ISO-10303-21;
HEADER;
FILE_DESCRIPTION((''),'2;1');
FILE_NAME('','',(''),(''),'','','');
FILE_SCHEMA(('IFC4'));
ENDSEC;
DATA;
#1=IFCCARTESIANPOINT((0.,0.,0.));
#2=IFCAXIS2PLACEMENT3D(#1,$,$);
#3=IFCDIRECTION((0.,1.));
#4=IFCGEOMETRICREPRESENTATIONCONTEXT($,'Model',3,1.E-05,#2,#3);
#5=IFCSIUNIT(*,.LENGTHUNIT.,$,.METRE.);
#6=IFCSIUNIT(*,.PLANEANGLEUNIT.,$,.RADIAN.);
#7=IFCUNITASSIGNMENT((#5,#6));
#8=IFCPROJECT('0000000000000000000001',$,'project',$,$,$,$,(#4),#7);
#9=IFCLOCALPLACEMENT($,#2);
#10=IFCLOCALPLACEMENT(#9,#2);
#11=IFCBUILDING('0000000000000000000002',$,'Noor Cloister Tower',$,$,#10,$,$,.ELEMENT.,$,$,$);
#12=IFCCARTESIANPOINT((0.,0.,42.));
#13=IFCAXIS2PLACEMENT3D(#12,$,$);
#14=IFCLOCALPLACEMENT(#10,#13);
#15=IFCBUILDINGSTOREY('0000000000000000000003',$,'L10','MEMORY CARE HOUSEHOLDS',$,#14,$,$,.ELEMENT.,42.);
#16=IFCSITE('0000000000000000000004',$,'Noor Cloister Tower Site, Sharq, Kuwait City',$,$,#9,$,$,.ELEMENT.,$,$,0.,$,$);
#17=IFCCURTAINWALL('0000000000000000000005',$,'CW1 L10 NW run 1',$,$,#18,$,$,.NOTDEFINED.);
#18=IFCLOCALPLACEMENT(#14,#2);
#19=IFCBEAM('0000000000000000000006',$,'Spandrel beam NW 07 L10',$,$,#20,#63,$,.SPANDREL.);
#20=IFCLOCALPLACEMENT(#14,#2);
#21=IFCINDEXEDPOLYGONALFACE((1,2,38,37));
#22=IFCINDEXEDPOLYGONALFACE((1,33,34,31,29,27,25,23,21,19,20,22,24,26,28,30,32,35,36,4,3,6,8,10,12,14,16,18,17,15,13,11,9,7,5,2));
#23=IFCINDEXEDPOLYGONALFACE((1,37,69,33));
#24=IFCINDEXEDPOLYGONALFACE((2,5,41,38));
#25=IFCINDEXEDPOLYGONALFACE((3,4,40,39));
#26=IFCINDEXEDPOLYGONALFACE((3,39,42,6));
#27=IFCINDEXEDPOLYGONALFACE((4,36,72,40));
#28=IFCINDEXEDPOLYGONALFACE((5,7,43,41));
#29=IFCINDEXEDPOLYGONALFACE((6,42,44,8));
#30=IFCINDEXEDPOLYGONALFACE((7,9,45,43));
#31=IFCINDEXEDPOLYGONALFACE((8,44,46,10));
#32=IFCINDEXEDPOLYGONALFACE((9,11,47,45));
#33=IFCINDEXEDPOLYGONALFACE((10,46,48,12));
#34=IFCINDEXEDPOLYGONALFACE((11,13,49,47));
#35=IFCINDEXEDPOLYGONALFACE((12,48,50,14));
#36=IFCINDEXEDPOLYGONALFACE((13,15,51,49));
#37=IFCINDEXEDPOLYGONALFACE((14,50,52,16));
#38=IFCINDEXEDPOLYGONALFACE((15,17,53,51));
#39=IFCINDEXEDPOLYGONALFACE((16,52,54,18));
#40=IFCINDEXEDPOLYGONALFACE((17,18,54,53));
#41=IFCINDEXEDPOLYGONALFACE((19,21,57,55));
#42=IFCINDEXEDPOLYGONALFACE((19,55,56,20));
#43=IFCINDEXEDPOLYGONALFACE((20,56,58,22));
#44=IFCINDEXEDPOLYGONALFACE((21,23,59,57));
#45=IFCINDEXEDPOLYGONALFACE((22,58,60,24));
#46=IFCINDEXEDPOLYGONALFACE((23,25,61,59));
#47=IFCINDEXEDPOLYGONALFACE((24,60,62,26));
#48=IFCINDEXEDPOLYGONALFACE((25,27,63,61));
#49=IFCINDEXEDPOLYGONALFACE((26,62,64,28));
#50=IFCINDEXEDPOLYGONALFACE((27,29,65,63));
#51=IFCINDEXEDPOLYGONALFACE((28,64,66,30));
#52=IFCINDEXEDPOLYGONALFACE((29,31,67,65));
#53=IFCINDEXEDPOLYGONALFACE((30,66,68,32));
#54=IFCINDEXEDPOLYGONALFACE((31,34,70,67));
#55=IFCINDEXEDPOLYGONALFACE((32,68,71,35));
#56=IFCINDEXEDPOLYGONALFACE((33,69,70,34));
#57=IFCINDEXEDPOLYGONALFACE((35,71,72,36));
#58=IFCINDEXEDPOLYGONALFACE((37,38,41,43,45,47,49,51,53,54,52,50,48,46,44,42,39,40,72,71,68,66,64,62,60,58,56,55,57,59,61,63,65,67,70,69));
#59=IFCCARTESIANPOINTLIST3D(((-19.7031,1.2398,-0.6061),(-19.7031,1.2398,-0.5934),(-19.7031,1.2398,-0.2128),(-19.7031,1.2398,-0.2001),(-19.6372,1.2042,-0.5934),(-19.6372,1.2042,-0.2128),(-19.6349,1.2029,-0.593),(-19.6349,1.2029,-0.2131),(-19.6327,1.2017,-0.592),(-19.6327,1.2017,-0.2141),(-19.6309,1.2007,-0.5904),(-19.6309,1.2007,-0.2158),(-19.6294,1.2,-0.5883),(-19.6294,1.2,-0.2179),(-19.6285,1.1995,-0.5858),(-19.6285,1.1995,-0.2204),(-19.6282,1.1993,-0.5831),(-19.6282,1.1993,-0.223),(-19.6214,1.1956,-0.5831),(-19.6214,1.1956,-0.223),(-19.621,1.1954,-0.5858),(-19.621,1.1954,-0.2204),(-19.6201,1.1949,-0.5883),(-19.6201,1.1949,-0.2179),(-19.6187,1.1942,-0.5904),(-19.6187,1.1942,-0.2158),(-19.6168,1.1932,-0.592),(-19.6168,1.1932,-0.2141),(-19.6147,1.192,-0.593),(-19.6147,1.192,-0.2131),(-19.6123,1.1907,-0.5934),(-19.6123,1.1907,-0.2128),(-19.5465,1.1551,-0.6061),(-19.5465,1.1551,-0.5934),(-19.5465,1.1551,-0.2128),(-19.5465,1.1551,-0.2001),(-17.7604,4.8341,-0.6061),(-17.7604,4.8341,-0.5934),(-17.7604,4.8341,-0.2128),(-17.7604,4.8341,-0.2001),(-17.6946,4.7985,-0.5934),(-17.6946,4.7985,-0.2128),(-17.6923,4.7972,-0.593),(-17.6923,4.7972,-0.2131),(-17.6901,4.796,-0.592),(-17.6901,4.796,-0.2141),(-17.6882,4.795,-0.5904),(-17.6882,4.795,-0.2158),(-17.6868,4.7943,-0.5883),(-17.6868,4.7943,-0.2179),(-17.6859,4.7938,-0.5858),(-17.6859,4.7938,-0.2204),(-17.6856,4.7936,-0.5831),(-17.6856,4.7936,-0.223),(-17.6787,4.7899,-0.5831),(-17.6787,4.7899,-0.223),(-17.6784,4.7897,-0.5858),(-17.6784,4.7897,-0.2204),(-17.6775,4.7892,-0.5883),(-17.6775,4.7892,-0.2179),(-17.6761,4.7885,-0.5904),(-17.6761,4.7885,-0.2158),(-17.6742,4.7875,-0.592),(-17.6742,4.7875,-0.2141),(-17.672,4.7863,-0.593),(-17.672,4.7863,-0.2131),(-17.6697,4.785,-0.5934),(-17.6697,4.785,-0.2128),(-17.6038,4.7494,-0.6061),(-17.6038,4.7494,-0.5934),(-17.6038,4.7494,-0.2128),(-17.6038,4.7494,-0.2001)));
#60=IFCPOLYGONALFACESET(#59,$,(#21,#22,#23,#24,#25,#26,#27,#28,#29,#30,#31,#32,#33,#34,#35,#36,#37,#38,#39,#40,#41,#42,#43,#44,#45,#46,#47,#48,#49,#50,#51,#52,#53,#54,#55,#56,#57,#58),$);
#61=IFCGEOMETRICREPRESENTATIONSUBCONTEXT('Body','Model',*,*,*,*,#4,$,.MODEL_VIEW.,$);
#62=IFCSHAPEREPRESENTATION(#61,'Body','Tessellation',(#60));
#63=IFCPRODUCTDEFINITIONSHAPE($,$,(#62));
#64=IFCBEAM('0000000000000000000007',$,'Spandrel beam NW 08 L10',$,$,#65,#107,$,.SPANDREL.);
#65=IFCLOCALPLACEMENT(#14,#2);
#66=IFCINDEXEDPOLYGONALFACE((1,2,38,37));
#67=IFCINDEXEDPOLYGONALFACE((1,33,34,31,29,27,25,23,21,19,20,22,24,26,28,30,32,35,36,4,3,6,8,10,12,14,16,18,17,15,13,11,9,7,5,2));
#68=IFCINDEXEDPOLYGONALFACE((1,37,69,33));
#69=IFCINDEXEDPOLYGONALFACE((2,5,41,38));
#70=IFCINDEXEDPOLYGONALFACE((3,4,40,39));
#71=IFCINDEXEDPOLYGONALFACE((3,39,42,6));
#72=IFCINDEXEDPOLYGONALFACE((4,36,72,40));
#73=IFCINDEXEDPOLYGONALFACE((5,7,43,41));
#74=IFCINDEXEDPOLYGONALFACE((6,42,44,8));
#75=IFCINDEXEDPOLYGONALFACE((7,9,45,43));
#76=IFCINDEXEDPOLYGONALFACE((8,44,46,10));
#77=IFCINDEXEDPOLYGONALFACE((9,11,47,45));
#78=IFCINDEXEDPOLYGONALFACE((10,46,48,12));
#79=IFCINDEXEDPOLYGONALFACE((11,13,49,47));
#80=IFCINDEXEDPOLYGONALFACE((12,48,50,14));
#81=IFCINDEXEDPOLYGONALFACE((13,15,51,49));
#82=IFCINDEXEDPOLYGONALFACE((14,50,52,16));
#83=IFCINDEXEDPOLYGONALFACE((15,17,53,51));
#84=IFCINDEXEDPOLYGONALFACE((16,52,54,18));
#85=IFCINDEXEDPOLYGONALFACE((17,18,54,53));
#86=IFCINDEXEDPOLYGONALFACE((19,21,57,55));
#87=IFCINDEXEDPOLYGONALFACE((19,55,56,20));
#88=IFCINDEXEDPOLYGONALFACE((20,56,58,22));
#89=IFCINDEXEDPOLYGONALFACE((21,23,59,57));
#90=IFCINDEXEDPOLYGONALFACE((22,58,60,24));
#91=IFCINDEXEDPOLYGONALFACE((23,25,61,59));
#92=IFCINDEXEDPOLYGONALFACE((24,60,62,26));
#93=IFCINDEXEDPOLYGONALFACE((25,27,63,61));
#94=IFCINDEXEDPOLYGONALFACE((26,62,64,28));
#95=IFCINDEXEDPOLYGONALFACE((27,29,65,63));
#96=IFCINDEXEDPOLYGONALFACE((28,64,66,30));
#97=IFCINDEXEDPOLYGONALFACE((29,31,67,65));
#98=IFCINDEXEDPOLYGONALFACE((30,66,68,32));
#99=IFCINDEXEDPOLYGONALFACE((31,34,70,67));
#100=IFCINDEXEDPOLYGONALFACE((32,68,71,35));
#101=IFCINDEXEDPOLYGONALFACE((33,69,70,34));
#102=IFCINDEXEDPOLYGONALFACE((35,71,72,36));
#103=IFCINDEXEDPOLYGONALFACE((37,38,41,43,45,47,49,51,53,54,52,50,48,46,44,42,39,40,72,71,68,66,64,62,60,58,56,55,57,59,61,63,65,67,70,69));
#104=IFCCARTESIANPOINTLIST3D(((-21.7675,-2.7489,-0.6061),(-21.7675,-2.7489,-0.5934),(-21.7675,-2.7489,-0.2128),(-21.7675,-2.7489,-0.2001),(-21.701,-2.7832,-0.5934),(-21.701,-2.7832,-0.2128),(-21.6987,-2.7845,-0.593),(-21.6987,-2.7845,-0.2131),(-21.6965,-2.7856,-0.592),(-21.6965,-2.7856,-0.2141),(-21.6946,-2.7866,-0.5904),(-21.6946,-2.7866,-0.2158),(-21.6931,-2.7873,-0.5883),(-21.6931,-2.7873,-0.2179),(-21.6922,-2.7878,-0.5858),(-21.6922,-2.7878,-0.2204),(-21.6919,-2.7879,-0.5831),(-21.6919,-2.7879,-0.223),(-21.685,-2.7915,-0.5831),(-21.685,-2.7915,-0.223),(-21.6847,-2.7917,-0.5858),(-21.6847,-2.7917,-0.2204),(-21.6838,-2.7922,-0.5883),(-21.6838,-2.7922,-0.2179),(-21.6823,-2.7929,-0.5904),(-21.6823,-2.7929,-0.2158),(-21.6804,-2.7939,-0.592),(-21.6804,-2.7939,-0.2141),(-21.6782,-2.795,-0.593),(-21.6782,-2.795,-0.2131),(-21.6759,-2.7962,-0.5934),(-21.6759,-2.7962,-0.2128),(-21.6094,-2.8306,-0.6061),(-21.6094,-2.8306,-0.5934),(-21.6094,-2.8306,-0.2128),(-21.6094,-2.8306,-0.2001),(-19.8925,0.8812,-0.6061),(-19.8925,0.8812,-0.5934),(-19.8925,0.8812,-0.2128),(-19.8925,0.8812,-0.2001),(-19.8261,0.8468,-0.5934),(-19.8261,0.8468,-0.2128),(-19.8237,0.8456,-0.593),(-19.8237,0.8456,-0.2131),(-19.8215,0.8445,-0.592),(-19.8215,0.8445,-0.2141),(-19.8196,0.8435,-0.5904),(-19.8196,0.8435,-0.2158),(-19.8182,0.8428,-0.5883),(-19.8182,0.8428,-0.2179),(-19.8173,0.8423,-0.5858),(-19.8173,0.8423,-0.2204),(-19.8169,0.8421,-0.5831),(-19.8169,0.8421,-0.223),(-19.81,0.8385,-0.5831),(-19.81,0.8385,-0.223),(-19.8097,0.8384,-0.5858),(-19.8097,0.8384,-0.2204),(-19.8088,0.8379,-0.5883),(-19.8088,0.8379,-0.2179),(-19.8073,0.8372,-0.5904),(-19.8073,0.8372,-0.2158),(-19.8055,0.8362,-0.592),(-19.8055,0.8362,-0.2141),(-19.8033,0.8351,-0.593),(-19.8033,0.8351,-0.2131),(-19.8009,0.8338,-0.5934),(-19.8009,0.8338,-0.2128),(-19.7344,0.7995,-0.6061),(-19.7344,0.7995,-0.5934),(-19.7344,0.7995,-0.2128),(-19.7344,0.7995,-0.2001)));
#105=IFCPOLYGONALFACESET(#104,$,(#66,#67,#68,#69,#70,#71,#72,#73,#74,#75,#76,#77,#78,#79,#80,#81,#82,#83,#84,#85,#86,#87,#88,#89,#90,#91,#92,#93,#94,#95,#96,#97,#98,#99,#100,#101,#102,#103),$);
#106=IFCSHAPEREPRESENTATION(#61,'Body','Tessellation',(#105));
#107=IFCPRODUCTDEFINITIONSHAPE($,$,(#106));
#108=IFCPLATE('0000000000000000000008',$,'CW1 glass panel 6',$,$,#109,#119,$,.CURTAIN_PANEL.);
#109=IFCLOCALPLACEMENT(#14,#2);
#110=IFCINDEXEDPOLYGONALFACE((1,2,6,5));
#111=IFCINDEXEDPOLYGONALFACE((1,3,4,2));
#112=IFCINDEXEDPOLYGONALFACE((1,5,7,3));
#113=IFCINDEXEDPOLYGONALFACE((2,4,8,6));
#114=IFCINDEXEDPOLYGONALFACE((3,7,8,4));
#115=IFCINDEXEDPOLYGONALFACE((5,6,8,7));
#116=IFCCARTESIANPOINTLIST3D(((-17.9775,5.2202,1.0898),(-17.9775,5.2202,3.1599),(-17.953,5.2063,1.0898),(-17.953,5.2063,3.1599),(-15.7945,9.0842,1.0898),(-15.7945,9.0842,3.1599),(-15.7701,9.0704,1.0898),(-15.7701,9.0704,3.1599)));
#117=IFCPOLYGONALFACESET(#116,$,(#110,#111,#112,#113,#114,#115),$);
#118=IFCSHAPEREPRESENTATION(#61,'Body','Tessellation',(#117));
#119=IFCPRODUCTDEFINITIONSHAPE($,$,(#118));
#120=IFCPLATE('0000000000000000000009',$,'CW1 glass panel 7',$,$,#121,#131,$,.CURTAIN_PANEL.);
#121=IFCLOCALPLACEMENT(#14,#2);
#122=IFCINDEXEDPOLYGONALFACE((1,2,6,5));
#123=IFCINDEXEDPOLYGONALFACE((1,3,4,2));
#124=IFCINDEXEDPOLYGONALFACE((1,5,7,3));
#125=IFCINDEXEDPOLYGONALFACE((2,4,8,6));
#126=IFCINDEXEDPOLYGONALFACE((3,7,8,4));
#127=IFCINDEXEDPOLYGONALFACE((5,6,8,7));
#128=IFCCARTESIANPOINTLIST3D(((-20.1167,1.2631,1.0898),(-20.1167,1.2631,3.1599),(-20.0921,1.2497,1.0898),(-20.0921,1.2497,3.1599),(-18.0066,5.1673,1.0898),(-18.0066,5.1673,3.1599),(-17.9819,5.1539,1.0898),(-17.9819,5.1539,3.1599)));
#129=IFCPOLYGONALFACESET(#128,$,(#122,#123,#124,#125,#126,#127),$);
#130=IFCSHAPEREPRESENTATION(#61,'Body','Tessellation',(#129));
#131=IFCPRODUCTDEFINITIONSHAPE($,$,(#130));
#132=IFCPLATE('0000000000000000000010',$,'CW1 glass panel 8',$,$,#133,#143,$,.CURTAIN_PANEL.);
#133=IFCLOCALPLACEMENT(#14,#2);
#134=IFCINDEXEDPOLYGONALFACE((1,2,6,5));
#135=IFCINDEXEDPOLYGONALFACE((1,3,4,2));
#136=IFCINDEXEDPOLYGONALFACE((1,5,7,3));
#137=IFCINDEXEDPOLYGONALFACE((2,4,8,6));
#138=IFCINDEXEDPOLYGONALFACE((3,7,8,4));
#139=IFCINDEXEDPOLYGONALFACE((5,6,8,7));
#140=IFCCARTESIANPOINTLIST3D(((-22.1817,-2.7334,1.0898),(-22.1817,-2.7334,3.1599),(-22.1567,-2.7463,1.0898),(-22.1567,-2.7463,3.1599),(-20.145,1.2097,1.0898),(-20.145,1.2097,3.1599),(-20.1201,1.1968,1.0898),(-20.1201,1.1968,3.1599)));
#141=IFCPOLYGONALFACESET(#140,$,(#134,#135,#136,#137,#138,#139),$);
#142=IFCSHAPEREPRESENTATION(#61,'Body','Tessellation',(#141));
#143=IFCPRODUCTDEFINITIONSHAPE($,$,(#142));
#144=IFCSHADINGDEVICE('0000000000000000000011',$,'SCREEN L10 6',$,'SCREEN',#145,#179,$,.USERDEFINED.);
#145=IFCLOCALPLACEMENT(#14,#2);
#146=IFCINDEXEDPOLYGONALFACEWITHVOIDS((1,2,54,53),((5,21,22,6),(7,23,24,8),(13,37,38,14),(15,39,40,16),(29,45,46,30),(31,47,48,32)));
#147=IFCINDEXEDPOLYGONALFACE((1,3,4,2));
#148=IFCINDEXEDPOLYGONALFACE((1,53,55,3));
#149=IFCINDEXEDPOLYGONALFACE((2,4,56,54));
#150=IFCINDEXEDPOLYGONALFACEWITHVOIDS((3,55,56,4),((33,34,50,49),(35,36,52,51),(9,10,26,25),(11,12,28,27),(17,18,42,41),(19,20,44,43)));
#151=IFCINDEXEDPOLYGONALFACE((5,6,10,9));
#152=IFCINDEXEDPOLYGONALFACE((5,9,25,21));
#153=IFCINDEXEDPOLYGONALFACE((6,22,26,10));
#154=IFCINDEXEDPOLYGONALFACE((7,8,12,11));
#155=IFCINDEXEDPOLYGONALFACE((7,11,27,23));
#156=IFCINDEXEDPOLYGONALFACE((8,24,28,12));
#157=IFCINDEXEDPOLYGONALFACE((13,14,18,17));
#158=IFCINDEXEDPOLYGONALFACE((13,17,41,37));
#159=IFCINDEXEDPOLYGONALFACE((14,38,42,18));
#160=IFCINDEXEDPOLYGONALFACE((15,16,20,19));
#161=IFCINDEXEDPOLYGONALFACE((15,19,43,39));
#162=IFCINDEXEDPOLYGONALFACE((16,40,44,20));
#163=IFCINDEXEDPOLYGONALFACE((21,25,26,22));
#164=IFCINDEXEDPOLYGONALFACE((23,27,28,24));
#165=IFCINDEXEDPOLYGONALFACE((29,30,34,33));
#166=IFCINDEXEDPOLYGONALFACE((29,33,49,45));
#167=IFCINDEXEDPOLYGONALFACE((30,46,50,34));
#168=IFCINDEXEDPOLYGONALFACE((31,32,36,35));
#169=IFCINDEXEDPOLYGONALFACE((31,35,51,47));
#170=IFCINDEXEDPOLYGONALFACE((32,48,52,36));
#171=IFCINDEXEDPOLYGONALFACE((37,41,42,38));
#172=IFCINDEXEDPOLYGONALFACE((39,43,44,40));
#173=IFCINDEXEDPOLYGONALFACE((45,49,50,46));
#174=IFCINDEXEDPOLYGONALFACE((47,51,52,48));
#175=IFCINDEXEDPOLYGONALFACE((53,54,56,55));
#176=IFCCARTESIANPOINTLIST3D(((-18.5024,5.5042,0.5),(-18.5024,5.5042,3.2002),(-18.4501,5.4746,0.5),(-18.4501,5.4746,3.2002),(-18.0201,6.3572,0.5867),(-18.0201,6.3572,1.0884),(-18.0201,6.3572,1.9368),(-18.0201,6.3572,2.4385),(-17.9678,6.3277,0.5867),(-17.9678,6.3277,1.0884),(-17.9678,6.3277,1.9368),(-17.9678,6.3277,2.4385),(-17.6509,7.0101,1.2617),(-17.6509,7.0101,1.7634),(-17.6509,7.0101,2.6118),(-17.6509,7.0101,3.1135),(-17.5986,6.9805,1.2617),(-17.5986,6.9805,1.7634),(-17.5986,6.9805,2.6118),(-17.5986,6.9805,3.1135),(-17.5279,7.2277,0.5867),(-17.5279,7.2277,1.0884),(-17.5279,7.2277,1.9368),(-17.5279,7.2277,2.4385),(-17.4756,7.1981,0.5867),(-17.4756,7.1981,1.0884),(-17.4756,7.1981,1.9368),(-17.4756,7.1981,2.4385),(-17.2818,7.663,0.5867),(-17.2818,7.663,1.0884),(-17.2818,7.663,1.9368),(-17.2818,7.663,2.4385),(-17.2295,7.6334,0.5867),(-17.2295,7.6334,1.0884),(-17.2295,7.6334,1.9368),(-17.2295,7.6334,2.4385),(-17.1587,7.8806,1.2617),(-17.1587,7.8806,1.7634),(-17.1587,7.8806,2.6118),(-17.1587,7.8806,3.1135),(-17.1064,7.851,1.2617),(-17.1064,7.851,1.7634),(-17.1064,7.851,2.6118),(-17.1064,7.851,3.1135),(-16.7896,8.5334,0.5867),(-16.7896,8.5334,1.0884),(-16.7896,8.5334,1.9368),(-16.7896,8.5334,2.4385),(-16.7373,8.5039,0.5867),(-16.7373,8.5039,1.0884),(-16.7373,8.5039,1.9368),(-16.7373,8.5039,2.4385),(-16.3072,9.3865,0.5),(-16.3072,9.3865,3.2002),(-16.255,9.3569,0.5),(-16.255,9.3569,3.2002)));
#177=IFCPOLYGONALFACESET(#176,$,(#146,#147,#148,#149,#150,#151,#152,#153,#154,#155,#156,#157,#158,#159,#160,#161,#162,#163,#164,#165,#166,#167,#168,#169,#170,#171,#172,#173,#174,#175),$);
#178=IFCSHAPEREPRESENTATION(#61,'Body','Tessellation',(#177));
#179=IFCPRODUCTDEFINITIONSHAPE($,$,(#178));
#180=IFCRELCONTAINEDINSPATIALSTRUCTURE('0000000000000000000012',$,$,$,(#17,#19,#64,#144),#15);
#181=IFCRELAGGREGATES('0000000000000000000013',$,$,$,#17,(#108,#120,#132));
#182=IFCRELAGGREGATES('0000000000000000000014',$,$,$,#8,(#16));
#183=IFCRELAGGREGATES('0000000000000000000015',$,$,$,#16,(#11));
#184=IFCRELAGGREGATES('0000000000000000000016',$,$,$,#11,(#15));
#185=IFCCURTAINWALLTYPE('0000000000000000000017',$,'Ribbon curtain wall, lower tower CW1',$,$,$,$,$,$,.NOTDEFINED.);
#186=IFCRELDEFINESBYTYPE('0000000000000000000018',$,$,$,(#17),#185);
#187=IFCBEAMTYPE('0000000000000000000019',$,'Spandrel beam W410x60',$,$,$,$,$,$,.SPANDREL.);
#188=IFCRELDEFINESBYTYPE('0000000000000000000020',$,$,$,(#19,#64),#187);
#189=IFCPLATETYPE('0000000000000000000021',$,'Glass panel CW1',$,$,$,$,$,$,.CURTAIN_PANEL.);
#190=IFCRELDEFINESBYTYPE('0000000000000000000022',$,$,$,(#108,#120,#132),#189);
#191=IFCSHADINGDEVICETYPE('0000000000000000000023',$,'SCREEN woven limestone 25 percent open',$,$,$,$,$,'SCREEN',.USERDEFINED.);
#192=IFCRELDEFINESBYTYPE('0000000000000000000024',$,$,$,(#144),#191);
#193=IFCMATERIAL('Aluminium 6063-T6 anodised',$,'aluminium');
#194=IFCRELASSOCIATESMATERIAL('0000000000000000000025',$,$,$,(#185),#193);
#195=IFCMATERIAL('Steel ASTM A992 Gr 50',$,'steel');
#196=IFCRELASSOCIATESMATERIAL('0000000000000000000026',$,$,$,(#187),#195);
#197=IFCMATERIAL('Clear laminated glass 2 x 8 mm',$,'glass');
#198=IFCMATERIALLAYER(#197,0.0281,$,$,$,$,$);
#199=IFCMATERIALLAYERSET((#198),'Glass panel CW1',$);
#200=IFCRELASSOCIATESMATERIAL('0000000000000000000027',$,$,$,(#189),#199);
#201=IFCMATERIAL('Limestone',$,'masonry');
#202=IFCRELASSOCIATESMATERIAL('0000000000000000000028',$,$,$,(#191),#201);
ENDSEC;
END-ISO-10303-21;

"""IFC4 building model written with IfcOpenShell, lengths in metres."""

from ifc_helpers import new_model, si_unit, direction, frame, origin, origin_2d, place, context, subcontext, project, spatial, polyline, rectangle, i_section, outline, extrude, material, layer, layer_set, material_profile, profile_set, type_object, element, aggregate, save


model = new_model("IFC4")

# Units and contexts
model_context = context("Model", 3, precision=1e-05, world=origin(), true_north=direction((0.0, 1.0)))
body_context = subcontext(model_context, "Body", "Model", "MODEL_VIEW")
ifc_project = project(units=[si_unit("LENGTHUNIT", "METRE"), si_unit("PLANEANGLEUNIT", "RADIAN")], contexts=[model_context])

# Site, building, storey
site_placement = place(None, origin())
site = spatial("IfcSite", under=ifc_project, at=site_placement, Name="Noor Cloister Tower Site, Sharq, Kuwait City", CompositionType="ELEMENT", RefElevation=0.0)
building_placement = place(site_placement, origin())
building = spatial("IfcBuilding", under=site, at=building_placement, Name="Noor Cloister Tower", CompositionType="ELEMENT")
storey_placement = place(building_placement, frame((0.0, 0.0, 42.0)))
storey = spatial("IfcBuildingStorey", under=building, at=storey_placement, Name="L10", Description="MEMORY CARE HOUSEHOLDS", CompositionType="ELEMENT", Elevation=42.0)

# Curtain wall
ifc_material_1 = material(Name="Aluminium 6063-T6 anodised", Category="aluminium")
curtain_wall_type = type_object("IfcCurtainWallType", Name="Ribbon curtain wall, lower tower CW1", PredefinedType="NOTDEFINED", material=ifc_material_1)
curtain_wall_placement = place(storey_placement, origin())
curtain_wall = element("IfcCurtainWall", 1, at=curtain_wall_placement, inside=storey, type_object=curtain_wall_type, Name="CW1 L10 NW run 1", PredefinedType="NOTDEFINED")

# Beams
ifc_material_2 = material(Name="Steel ASTM A992 Gr 50", Category="steel")
ifc_material_profile_1 = material_profile(ifc_material_2, i_section(OverallWidth=0.178, OverallDepth=0.406, WebThickness=0.0078, FlangeThickness=0.0127, FilletRadius=0.0103, at=origin_2d()), Name="W410x60")
ifc_profile_set_1 = profile_set([ifc_material_profile_1], Name="Steel ASTM A992 Gr 50")
beam_type_1 = type_object("IfcBeamType", Name="Spandrel beam W410x60", PredefinedType="SPANDREL", material=ifc_profile_set_1)
for number, where, z_axis, x_axis, name in (
    (2, (-17.6821, 4.7917, -0.4031), (-0.475478, -0.879727, 0.0), (0.879727, -0.475478, 0.0), "Spandrel beam NW 07 L10"),
    (3, (-19.8135, 0.8403, -0.4031), (-0.458911, -0.888482, 0.0), (0.888482, -0.458911, 0.0), "Spandrel beam NW 08 L10"),
):
    element("IfcBeam", number, at=place(storey_placement, frame(where, z_axis=z_axis, x_axis=x_axis)), inside=storey, type_object=beam_type_1, Name=name, PredefinedType="SPANDREL", context=body_context, shape_type="SweptSolid", body=[
        extrude(i_section(OverallWidth=0.178, OverallDepth=0.406, WebThickness=0.0078, FlangeThickness=0.0127, FilletRadius=0.0103, at=origin_2d()), origin(), (0.0, 0.0, 1.0), 4.0857),
    ])

# Plates
ifc_material_3 = material(Name="Clear laminated glass 2 x 8 mm", Category="glass")
ifc_layer = layer(ifc_material_3, 0.0281)
ifc_layer_set = layer_set([ifc_layer], Name="Glass panel CW1")
plate_type = type_object("IfcPlateType", Name="Glass panel CW1", PredefinedType="CURTAIN_PANEL", material=ifc_layer_set)
plate_1_placement = place(storey_placement, frame((-16.8738, 7.1453, 1.0898), z_axis=(0.0, 0.0, 1.0), x_axis=(-0.491869, -0.870669, 0.0)))
plate_1 = element("IfcPlate", 4, at=plate_1_placement, type_object=plate_type, Name="CW1 glass panel 6", PredefinedType="CURTAIN_PANEL", context=body_context, shape_type="SweptSolid", body=[
    extrude(rectangle(XDim=4.438, YDim=0.0281, at=origin_2d()), origin(), (0.0, 0.0, 1.0), 2.0701),
])
plate_2_placement = place(storey_placement, frame((-19.0493, 3.2085, 1.0898), z_axis=(0.0, 0.0, 1.0), x_axis=(-0.475478, -0.879727, 0.0)))
plate_2 = element("IfcPlate", 5, at=plate_2_placement, type_object=plate_type, Name="CW1 glass panel 7", PredefinedType="CURTAIN_PANEL", context=body_context, shape_type="SweptSolid", body=[
    extrude(rectangle(XDim=4.438, YDim=0.0281, at=origin_2d()), origin(), (0.0, 0.0, 1.0), 2.0701),
])
plate_3_placement = place(storey_placement, frame((-21.1509, -0.7683, 1.0898), z_axis=(0.0, 0.0, 1.0), x_axis=(-0.458921, -0.888477, 0.0)))
plate_3 = element("IfcPlate", 6, at=plate_3_placement, type_object=plate_type, Name="CW1 glass panel 8", PredefinedType="CURTAIN_PANEL", context=body_context, shape_type="SweptSolid", body=[
    extrude(rectangle(XDim=4.438, YDim=0.0281, at=origin_2d()), origin(), (0.0, 0.0, 1.0), 2.0701),
])
aggregate(curtain_wall, [plate_1, plate_2, plate_3])

# Shading device
ifc_material_4 = material(Name="Limestone", Category="masonry")
ifc_material_profile_2 = material_profile(ifc_material_4, outline(polyline([(-2.23, -1.3501), (2.23, -1.3501), (2.23, 1.3501), (-2.23, 1.3501), (-2.23, -1.3501)]), holes=[polyline([(-1.25, -1.2634), (-0.25, -1.2634), (-0.25, -0.7617), (-1.25, -0.7617), (-1.25, -1.2634)]), polyline([(0.25, -1.2634), (1.25, -1.2634), (1.25, -0.7617), (0.25, -0.7617), (0.25, -1.2634)]), polyline([(-0.5, -0.5884), (0.5, -0.5884), (0.5, -0.0867), (-0.5, -0.0867), (-0.5, -0.5884)]), polyline([(-1.25, 0.0867), (-0.25, 0.0867), (-0.25, 0.5884), (-1.25, 0.5884), (-1.25, 0.0867)]), polyline([(0.25, 0.0867), (1.25, 0.0867), (1.25, 0.5884), (0.25, 0.5884), (0.25, 0.0867)]), polyline([(-0.5, 0.7617), (0.5, 0.7617), (0.5, 1.2634), (-0.5, 1.2634), (-0.5, 0.7617)])]), Name="Woven screen 25 percent open")
ifc_profile_set_2 = profile_set([ifc_material_profile_2], Name="Limestone")
shading_device_type = type_object("IfcShadingDeviceType", Name="SCREEN woven limestone 25 percent open", ElementType="SCREEN", PredefinedType="USERDEFINED", material=ifc_profile_set_2)
for number, where, z_axis, x_axis, name in (
    (7, (-17.3525, 7.4158, 1.8501), (-0.870487, 0.492191, 0.0), (-0.492191, -0.870487, 0.0), "SCREEN L10 6"),
):
    element("IfcShadingDevice", number, at=place(storey_placement, frame(where, z_axis=z_axis, x_axis=x_axis)), inside=storey, type_object=shading_device_type, Name=name, ObjectType="SCREEN", PredefinedType="USERDEFINED", context=body_context, shape_type="SweptSolid", body=[
        extrude(outline(polyline([(-2.23, -1.3501), (2.23, -1.3501), (2.23, 1.3501), (-2.23, 1.3501), (-2.23, -1.3501)]), holes=[polyline([(-1.25, -1.2634), (-0.25, -1.2634), (-0.25, -0.7617), (-1.25, -0.7617), (-1.25, -1.2634)]), polyline([(0.25, -1.2634), (1.25, -1.2634), (1.25, -0.7617), (0.25, -0.7617), (0.25, -1.2634)]), polyline([(-0.5, -0.5884), (0.5, -0.5884), (0.5, -0.0867), (-0.5, -0.0867), (-0.5, -0.5884)]), polyline([(-1.25, 0.0867), (-0.25, 0.0867), (-0.25, 0.5884), (-1.25, 0.5884), (-1.25, 0.0867)]), polyline([(0.25, 0.0867), (1.25, 0.0867), (1.25, 0.5884), (0.25, 0.5884), (0.25, 0.0867)]), polyline([(-0.5, 0.7617), (0.5, 0.7617), (0.5, 1.2634), (-0.5, 1.2634), (-0.5, 0.7617)])]), origin(), (0.0, 0.0, 1.0), 0.0601),
    ])

save(model, "model.ifc")
